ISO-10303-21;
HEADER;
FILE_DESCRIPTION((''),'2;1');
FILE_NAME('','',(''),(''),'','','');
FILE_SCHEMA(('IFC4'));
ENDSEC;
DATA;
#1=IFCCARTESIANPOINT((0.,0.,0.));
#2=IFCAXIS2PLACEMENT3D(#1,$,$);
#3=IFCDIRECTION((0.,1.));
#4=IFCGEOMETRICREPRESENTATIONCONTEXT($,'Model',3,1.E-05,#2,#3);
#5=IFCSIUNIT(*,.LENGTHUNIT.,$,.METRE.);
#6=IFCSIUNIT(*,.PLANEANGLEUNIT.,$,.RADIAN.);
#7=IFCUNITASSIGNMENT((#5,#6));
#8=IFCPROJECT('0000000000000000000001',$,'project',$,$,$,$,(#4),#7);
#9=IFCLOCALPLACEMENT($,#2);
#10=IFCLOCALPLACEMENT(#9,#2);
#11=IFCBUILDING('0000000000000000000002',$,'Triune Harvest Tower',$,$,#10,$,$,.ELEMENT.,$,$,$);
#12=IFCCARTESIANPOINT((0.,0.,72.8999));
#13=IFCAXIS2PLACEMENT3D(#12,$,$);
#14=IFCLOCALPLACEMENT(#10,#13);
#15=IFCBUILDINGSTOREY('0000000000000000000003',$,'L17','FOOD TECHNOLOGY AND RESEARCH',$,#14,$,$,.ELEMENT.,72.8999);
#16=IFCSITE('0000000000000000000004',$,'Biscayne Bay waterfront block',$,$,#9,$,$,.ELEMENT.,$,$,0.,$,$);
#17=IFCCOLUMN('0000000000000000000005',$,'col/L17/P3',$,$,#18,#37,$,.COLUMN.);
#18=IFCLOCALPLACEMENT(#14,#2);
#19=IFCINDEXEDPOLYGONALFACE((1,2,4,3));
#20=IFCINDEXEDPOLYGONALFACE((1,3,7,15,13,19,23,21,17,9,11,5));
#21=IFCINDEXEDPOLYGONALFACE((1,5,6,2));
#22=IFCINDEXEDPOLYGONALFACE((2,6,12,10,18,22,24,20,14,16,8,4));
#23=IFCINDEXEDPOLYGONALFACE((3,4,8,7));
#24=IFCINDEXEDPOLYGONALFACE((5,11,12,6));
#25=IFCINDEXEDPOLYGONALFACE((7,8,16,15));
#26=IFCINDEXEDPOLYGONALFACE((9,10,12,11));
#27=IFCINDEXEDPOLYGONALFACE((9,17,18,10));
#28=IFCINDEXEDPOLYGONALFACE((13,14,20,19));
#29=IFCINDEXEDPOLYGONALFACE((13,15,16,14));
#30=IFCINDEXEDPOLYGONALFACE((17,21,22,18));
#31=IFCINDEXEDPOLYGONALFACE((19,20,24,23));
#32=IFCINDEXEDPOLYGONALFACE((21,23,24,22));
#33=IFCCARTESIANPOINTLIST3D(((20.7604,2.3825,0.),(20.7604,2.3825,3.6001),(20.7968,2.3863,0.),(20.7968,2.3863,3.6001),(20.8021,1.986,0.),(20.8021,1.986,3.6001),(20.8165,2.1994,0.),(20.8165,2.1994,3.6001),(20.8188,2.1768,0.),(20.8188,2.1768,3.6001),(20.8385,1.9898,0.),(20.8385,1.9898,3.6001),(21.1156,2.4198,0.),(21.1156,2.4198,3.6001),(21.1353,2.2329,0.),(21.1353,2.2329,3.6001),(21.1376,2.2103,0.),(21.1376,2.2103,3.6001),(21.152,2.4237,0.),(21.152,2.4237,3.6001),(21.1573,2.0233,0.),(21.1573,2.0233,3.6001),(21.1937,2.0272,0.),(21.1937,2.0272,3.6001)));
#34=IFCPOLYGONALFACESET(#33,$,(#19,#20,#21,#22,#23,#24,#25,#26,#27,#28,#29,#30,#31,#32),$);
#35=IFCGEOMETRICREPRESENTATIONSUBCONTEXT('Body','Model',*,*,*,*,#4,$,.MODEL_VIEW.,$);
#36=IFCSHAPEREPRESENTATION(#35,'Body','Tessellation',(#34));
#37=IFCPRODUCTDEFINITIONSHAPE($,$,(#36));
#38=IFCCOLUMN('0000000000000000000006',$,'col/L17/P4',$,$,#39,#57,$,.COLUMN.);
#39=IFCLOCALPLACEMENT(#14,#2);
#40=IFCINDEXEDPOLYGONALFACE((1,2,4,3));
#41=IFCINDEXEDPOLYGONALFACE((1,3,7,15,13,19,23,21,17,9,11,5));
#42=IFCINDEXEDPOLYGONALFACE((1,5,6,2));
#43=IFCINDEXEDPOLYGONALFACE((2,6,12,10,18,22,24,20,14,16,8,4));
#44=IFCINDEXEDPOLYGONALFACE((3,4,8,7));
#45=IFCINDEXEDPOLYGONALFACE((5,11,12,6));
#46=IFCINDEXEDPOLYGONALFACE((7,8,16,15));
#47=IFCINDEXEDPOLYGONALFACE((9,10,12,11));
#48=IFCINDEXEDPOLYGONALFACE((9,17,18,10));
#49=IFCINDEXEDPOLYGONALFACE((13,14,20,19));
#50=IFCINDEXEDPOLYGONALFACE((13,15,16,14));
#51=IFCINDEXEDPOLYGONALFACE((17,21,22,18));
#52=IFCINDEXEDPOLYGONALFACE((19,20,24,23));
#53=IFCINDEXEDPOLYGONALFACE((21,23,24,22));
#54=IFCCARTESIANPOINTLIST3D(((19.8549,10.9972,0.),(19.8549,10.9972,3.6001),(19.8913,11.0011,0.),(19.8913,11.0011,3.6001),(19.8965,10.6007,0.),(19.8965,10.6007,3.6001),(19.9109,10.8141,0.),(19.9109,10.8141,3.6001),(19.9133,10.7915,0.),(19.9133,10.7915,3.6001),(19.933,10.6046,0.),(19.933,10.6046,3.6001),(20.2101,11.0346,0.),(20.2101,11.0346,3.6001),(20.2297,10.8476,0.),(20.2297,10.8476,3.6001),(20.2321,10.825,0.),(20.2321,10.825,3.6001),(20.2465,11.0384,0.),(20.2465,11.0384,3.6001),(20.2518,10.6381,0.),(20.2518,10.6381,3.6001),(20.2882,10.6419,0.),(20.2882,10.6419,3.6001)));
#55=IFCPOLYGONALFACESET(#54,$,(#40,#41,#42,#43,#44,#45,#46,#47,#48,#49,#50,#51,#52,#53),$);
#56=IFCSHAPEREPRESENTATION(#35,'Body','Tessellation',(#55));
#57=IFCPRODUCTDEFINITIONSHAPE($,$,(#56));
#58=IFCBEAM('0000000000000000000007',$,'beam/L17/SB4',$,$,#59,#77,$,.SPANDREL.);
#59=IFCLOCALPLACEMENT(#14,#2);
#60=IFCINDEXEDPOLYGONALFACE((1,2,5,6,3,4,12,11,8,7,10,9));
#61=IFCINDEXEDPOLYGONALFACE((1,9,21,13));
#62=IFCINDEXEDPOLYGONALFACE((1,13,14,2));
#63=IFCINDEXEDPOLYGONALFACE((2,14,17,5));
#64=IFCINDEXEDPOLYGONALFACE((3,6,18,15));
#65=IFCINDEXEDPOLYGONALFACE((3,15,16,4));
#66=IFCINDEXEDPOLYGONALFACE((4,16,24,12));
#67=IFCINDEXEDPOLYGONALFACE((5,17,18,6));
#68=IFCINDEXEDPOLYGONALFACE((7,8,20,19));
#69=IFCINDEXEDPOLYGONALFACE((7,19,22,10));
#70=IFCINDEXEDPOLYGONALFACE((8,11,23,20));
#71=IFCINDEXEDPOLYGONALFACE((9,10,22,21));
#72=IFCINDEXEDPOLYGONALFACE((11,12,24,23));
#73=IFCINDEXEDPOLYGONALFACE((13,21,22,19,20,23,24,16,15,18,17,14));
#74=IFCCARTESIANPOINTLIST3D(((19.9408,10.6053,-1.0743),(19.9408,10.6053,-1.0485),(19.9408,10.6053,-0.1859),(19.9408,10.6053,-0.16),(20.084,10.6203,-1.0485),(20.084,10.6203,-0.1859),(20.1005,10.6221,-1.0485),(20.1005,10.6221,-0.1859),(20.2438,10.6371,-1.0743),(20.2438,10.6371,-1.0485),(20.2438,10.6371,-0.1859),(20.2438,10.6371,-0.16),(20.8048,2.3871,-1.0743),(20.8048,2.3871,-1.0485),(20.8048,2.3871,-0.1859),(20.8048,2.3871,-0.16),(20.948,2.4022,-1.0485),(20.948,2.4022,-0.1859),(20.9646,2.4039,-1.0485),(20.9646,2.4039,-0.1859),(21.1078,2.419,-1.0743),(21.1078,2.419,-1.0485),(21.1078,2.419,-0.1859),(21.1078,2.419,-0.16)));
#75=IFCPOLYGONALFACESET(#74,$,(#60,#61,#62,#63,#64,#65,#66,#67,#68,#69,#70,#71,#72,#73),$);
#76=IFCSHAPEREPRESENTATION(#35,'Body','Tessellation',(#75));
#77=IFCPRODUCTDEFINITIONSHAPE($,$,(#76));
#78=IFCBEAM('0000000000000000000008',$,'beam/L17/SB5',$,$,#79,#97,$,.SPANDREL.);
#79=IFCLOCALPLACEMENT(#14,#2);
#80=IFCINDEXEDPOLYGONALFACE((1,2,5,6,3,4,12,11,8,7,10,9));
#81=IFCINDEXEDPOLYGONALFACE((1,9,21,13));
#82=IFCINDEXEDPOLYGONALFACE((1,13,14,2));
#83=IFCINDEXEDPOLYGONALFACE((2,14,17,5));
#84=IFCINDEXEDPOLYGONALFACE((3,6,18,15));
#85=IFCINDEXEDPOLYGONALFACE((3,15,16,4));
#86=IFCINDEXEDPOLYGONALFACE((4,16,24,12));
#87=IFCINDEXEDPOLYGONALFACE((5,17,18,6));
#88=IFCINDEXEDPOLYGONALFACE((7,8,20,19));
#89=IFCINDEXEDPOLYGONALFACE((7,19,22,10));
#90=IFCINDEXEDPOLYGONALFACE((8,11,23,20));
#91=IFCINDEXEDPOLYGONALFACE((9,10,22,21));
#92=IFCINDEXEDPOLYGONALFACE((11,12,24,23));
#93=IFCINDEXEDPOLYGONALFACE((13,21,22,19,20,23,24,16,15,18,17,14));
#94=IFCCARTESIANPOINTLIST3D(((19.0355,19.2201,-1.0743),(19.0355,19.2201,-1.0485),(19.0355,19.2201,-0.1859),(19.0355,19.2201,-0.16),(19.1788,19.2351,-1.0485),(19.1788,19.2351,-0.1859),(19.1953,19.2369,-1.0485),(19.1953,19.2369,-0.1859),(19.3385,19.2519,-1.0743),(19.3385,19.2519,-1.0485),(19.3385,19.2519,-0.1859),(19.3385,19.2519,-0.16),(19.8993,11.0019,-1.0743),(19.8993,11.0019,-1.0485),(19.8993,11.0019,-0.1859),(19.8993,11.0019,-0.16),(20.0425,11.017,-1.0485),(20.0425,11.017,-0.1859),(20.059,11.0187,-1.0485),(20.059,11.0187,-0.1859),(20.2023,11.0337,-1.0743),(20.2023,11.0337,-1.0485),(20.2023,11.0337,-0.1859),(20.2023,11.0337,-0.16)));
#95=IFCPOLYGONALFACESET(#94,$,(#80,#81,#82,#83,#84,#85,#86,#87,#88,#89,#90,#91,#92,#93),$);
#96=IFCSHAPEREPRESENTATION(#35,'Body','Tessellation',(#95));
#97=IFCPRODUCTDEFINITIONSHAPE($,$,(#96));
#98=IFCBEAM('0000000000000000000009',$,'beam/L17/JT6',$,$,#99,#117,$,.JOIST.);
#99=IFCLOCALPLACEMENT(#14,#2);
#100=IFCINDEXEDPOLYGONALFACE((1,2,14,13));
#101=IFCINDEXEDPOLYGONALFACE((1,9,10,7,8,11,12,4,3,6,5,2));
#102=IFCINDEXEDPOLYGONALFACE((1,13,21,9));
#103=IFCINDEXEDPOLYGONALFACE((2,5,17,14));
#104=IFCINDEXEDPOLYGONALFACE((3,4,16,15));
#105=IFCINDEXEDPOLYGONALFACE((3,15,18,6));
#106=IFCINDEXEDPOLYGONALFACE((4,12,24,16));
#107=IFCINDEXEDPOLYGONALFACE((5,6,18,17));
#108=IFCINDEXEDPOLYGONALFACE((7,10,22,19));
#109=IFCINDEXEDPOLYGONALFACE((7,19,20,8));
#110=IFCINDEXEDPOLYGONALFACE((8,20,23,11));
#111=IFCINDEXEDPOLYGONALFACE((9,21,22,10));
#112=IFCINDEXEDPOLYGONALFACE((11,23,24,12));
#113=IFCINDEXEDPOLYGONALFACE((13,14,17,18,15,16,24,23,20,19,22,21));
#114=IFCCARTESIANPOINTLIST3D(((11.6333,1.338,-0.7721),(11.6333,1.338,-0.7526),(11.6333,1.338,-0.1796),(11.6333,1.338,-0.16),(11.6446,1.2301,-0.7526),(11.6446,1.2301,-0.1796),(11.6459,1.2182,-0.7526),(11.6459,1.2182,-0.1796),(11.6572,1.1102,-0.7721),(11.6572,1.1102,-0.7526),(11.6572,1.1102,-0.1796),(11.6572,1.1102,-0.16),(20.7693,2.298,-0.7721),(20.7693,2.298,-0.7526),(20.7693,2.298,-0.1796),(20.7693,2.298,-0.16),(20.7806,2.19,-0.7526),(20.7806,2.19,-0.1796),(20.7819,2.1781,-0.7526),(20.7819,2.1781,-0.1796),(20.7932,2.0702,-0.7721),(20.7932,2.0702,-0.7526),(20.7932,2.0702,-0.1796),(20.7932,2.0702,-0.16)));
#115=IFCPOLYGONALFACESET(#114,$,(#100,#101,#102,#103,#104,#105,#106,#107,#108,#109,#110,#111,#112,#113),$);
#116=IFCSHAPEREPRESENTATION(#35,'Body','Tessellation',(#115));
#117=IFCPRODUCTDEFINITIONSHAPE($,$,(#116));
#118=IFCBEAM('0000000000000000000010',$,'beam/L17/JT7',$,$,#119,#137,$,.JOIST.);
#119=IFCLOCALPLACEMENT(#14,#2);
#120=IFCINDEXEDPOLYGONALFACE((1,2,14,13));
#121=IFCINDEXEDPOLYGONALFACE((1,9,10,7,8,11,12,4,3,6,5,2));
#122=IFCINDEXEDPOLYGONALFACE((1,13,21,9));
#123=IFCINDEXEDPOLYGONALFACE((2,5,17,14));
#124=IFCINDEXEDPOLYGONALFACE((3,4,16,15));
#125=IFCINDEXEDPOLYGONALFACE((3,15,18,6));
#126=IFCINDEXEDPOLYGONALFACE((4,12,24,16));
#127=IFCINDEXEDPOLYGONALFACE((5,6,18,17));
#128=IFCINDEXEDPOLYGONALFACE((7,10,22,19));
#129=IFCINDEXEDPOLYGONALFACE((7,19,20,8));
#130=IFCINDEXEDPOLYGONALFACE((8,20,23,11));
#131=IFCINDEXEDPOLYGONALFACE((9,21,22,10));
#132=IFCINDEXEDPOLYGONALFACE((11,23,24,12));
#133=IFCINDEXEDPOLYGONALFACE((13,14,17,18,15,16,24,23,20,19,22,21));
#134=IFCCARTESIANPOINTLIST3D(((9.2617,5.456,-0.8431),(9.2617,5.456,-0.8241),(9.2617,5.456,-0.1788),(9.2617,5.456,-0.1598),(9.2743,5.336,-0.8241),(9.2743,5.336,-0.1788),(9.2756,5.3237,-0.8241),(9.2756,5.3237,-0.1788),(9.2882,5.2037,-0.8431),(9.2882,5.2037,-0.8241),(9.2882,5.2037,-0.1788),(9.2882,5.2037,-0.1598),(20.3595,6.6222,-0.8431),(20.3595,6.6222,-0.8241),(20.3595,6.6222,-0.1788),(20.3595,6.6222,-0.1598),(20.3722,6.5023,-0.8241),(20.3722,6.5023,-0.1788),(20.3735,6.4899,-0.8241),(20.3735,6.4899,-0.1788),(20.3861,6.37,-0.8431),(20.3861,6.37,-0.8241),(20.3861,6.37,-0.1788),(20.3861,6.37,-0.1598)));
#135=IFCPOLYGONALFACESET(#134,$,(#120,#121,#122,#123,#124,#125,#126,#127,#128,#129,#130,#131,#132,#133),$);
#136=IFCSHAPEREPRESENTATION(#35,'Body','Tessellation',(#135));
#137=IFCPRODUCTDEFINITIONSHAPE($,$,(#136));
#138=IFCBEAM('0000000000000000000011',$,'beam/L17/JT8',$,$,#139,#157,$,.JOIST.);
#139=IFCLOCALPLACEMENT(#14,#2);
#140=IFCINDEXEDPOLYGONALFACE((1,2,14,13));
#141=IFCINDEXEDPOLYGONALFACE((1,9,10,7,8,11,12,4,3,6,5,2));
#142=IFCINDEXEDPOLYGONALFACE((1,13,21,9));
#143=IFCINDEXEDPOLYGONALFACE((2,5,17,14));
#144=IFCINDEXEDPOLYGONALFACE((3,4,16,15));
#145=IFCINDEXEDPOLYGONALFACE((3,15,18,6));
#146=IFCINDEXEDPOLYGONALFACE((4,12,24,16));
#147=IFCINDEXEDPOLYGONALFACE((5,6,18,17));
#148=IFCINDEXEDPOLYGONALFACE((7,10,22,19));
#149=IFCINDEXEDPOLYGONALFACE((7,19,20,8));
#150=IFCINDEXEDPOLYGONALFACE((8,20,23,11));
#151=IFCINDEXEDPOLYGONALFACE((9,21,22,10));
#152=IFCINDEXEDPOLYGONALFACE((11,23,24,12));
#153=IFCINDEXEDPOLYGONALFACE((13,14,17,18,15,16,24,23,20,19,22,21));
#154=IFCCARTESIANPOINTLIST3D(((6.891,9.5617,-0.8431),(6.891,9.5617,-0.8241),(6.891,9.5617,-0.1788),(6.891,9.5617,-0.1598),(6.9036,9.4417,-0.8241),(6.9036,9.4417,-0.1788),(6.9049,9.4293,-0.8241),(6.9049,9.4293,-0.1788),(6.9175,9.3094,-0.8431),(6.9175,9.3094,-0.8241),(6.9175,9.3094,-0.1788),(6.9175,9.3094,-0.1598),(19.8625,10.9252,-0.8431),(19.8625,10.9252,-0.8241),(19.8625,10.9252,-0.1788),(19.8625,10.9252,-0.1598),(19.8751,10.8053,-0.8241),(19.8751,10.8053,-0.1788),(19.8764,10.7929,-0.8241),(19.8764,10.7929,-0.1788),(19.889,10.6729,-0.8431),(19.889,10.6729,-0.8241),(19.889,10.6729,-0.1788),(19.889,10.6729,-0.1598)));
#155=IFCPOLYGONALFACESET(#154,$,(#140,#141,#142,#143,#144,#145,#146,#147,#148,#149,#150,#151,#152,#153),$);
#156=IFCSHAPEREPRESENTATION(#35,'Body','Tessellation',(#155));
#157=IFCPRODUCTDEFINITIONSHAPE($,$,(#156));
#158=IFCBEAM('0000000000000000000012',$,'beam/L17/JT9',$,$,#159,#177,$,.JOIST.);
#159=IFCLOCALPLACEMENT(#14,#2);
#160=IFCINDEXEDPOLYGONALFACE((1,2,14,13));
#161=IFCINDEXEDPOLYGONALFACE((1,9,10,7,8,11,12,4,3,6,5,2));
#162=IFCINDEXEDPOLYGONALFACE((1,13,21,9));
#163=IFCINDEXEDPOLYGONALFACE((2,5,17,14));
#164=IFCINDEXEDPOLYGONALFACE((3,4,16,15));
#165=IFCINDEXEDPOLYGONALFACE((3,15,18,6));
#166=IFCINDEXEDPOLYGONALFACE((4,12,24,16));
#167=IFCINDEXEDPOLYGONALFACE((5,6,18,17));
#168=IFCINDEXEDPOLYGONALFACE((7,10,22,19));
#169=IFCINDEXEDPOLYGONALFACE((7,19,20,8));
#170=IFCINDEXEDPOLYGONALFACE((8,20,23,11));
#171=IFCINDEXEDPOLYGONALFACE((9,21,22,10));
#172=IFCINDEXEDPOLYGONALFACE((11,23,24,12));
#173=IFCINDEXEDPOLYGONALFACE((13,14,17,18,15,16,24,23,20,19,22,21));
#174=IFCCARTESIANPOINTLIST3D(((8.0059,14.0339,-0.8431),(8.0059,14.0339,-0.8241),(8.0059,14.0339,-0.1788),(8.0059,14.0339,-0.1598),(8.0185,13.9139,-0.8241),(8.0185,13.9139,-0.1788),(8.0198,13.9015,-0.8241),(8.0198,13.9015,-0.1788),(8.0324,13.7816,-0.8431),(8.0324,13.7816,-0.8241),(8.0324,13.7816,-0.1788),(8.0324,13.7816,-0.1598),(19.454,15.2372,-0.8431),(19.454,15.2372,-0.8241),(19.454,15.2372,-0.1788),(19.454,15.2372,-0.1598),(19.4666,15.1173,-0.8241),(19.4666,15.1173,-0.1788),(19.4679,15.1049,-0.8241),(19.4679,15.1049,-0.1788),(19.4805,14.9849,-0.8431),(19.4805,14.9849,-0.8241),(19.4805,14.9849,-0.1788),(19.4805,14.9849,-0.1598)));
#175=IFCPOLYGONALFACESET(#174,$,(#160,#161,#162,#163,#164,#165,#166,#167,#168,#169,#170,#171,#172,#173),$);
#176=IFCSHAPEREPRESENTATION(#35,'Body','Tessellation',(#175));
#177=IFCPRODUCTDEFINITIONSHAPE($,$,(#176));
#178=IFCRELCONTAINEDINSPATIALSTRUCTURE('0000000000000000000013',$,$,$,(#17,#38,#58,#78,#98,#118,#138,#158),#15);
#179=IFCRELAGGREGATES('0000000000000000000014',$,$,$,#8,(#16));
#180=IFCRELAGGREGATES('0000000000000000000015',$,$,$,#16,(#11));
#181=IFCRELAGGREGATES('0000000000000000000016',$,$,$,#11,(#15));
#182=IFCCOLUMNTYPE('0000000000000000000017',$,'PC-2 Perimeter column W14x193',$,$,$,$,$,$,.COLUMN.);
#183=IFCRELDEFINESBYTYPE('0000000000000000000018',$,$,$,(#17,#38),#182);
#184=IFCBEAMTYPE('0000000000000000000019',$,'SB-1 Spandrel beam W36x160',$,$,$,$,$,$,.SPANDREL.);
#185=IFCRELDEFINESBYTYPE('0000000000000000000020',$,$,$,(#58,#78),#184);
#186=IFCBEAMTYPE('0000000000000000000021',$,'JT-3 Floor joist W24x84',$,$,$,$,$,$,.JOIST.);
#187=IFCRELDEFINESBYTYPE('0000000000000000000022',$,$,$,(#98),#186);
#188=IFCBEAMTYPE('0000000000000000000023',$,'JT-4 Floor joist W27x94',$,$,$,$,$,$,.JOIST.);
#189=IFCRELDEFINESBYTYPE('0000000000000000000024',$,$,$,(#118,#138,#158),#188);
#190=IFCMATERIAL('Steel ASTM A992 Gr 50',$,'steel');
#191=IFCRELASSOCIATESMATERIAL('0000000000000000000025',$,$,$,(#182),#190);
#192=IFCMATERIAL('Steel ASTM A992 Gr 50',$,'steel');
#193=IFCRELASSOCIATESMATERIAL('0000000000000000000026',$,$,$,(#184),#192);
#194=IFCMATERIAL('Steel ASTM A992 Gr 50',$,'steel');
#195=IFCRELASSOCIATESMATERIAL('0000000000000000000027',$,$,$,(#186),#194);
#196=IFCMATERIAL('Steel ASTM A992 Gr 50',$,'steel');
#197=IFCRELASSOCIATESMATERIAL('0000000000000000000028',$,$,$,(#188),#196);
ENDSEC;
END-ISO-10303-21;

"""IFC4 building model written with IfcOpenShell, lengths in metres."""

from ifc_helpers import new_model, si_unit, direction, frame, origin, origin_2d, place, context, subcontext, project, spatial, i_section, extrude, source, transform, mapped, material, material_profile, profile_set, type_object, element, save


model = new_model("IFC4")

# Units and contexts
model_context = context("Model", 3, precision=1e-05, world=origin(), true_north=direction((0.0, 1.0)))
body_context = subcontext(model_context, "Body", "Model", "MODEL_VIEW")
ifc_project = project(units=[si_unit("LENGTHUNIT", "METRE"), si_unit("PLANEANGLEUNIT", "RADIAN")], contexts=[model_context])

# Site, building, storey
site_placement = place(None, origin())
site = spatial("IfcSite", under=ifc_project, at=site_placement, Name="Biscayne Bay waterfront block", CompositionType="ELEMENT", RefElevation=0.0)
building_placement = place(site_placement, origin())
building = spatial("IfcBuilding", under=site, at=building_placement, Name="Triune Harvest Tower", CompositionType="ELEMENT")
storey_placement = place(building_placement, frame((0.0, 0.0, 72.8999)))
storey = spatial("IfcBuildingStorey", under=building, at=storey_placement, Name="L17", Description="FOOD TECHNOLOGY AND RESEARCH", CompositionType="ELEMENT", Elevation=72.8999)

# Columns
ifc_material_1 = material(Name="Steel ASTM A992 Gr 50", Category="steel")
ifc_material_profile_1 = material_profile(ifc_material_1, i_section(OverallWidth=0.3987, OverallDepth=0.3938, WebThickness=0.0227, FlangeThickness=0.0366, at=origin_2d()), Name="W14x193")
ifc_profile_set_1 = profile_set([ifc_material_profile_1], Name="Steel ASTM A992 Gr 50")
column_type = type_object("IfcColumnType", Name="PC-2 Perimeter column W14x193", PredefinedType="COLUMN", material=ifc_profile_set_1)
shared_shape_1 = source(origin(), body_context, "Body", "SweptSolid", [
    extrude(i_section(OverallWidth=0.3987, OverallDepth=0.3938, WebThickness=0.0227, FlangeThickness=0.0366, at=origin_2d()), origin(), (0.0, 0.0, 1.0), 3.6001),
])
for number, where, z_axis, x_axis, name in (
    (1, (20.9771, 2.2048, 0.0), (0.0, 0.0, 1.0), (-0.104527, 0.994522, 0.0), "col/L17/P3"),
    (2, (20.0715, 10.8196, 0.0), (0.0, 0.0, 1.0), (-0.104527, 0.994522, 0.0), "col/L17/P4"),
):
    element("IfcColumn", number, at=place(storey_placement, frame(where, z_axis=z_axis, x_axis=x_axis)), inside=storey, type_object=column_type, Name=name, PredefinedType="COLUMN", context=body_context, shape_type="MappedRepresentation", body=[
        mapped(shared_shape_1, transform((0.0, 0.0, 0.0), scale=1.0)),
    ])

# Beams
ifc_material_2 = material(Name="Steel ASTM A992 Gr 50", Category="steel")
ifc_material_profile_2 = material_profile(ifc_material_2, i_section(OverallWidth=0.3047, OverallDepth=0.9143, WebThickness=0.0166, FlangeThickness=0.0259, at=origin_2d()), Name="W36x160")
ifc_profile_set_2 = profile_set([ifc_material_profile_2], Name="Steel ASTM A992 Gr 50")
beam_type_1 = type_object("IfcBeamType", Name="SB-1 Spandrel beam W36x160", PredefinedType="SPANDREL", material=ifc_profile_set_2)
shared_shape_2 = source(origin(), body_context, "Body", "SweptSolid", [
    extrude(i_section(OverallWidth=0.3047, OverallDepth=0.9143, WebThickness=0.0166, FlangeThickness=0.0259, at=origin_2d()), origin(), (0.0, 0.0, 1.0), 8.2634),
])
for number, where, z_axis, x_axis, name in (
    (3, (20.9563, 2.4031, -0.6172), (-0.10456, 0.994519, 0.0), (-0.994519, -0.10456, 0.0), "beam/L17/SB4"),
    (4, (20.0508, 11.0178, -0.6172), (-0.104528, 0.994522, 0.0), (-0.994522, -0.104528, 0.0), "beam/L17/SB5"),
):
    element("IfcBeam", number, at=place(storey_placement, frame(where, z_axis=z_axis, x_axis=x_axis)), inside=storey, type_object=beam_type_1, Name=name, PredefinedType="SPANDREL", context=body_context, shape_type="MappedRepresentation", body=[
        mapped(shared_shape_2, transform((0.0, 0.0, 0.0), scale=1.0)),
    ])
ifc_material_3 = material(Name="Steel ASTM A992 Gr 50", Category="steel")
ifc_material_profile_3 = material_profile(ifc_material_3, i_section(OverallWidth=0.229, OverallDepth=0.6121, WebThickness=0.012, FlangeThickness=0.0195, at=origin_2d()), Name="W24x84")
ifc_profile_set_3 = profile_set([ifc_material_profile_3], Name="Steel ASTM A992 Gr 50")
beam_type_2 = type_object("IfcBeamType", Name="JT-3 Floor joist W24x84", PredefinedType="JOIST", material=ifc_profile_set_3)
shared_shape_3 = source(origin(), body_context, "Body", "SweptSolid", [
    extrude(i_section(OverallWidth=0.229, OverallDepth=0.6121, WebThickness=0.012, FlangeThickness=0.0195, at=origin_2d()), origin(), (0.0, 0.0, 1.0), 9.1863),
])
beam_1_placement = place(storey_placement, frame((20.7812, 2.1841, -0.4661), z_axis=(-0.994525, -0.104499, 0.0), x_axis=(0.104499, -0.994525, 0.0)))
element("IfcBeam", 5, at=beam_1_placement, inside=storey, type_object=beam_type_2, Name="beam/L17/JT6", PredefinedType="JOIST", context=body_context, shape_type="MappedRepresentation", body=[
    mapped(shared_shape_3, transform((0.0, 0.0, 0.0), scale=1.0)),
])
ifc_material_4 = material(Name="Steel ASTM A992 Gr 50", Category="steel")
ifc_material_profile_4 = material_profile(ifc_material_4, i_section(OverallWidth=0.2537, OverallDepth=0.6833, WebThickness=0.0125, FlangeThickness=0.019, at=origin_2d()), Name="W27x94")
ifc_profile_set_4 = profile_set([ifc_material_profile_4], Name="Steel ASTM A992 Gr 50")
beam_type_3 = type_object("IfcBeamType", Name="JT-4 Floor joist W27x94", PredefinedType="JOIST", material=ifc_profile_set_4)
shared_shape_4 = source(origin(), body_context, "Body", "SweptSolid", [
    extrude(i_section(OverallWidth=0.2537, OverallDepth=0.6833, WebThickness=0.0125, FlangeThickness=0.019, at=origin_2d()), origin(), (0.0, 0.0, 1.0), 11.1589),
])
beam_2_placement = place(storey_placement, frame((20.3728, 6.4961, -0.5015), z_axis=(-0.994524, -0.104513, 0.0), x_axis=(0.104513, -0.994524, 0.0)))
element("IfcBeam", 6, at=beam_2_placement, inside=storey, type_object=beam_type_3, Name="beam/L17/JT7", PredefinedType="JOIST", context=body_context, shape_type="MappedRepresentation", body=[
    mapped(shared_shape_4, transform((0.0, 0.0, 0.0), scale=1.0)),
])
shared_shape_5 = source(origin(), body_context, "Body", "SweptSolid", [
    extrude(i_section(OverallWidth=0.2537, OverallDepth=0.6833, WebThickness=0.0125, FlangeThickness=0.019, at=origin_2d()), origin(), (0.0, 0.0, 1.0), 13.043),
])
beam_3_placement = place(storey_placement, frame((19.8757, 10.7991, -0.5015), z_axis=(-0.994521, -0.104542, 0.0), x_axis=(0.104542, -0.994521, 0.0)))
element("IfcBeam", 7, at=beam_3_placement, inside=storey, type_object=beam_type_3, Name="beam/L17/JT8", PredefinedType="JOIST", context=body_context, shape_type="MappedRepresentation", body=[
    mapped(shared_shape_5, transform((0.0, 0.0, 0.0), scale=1.0)),
])
shared_shape_6 = source(origin(), body_context, "Body", "SweptSolid", [
    extrude(i_section(OverallWidth=0.2537, OverallDepth=0.6833, WebThickness=0.0125, FlangeThickness=0.019, at=origin_2d()), origin(), (0.0, 0.0, 1.0), 11.5112),
])
beam_4_placement = place(storey_placement, frame((19.4673, 15.1111, -0.5015), z_axis=(-0.994521, -0.104538, 0.0), x_axis=(0.104538, -0.994521, 0.0)))
element("IfcBeam", 8, at=beam_4_placement, inside=storey, type_object=beam_type_3, Name="beam/L17/JT9", PredefinedType="JOIST", context=body_context, shape_type="MappedRepresentation", body=[
    mapped(shared_shape_6, transform((0.0, 0.0, 0.0), scale=1.0)),
])

save(model, "model.ifc")
